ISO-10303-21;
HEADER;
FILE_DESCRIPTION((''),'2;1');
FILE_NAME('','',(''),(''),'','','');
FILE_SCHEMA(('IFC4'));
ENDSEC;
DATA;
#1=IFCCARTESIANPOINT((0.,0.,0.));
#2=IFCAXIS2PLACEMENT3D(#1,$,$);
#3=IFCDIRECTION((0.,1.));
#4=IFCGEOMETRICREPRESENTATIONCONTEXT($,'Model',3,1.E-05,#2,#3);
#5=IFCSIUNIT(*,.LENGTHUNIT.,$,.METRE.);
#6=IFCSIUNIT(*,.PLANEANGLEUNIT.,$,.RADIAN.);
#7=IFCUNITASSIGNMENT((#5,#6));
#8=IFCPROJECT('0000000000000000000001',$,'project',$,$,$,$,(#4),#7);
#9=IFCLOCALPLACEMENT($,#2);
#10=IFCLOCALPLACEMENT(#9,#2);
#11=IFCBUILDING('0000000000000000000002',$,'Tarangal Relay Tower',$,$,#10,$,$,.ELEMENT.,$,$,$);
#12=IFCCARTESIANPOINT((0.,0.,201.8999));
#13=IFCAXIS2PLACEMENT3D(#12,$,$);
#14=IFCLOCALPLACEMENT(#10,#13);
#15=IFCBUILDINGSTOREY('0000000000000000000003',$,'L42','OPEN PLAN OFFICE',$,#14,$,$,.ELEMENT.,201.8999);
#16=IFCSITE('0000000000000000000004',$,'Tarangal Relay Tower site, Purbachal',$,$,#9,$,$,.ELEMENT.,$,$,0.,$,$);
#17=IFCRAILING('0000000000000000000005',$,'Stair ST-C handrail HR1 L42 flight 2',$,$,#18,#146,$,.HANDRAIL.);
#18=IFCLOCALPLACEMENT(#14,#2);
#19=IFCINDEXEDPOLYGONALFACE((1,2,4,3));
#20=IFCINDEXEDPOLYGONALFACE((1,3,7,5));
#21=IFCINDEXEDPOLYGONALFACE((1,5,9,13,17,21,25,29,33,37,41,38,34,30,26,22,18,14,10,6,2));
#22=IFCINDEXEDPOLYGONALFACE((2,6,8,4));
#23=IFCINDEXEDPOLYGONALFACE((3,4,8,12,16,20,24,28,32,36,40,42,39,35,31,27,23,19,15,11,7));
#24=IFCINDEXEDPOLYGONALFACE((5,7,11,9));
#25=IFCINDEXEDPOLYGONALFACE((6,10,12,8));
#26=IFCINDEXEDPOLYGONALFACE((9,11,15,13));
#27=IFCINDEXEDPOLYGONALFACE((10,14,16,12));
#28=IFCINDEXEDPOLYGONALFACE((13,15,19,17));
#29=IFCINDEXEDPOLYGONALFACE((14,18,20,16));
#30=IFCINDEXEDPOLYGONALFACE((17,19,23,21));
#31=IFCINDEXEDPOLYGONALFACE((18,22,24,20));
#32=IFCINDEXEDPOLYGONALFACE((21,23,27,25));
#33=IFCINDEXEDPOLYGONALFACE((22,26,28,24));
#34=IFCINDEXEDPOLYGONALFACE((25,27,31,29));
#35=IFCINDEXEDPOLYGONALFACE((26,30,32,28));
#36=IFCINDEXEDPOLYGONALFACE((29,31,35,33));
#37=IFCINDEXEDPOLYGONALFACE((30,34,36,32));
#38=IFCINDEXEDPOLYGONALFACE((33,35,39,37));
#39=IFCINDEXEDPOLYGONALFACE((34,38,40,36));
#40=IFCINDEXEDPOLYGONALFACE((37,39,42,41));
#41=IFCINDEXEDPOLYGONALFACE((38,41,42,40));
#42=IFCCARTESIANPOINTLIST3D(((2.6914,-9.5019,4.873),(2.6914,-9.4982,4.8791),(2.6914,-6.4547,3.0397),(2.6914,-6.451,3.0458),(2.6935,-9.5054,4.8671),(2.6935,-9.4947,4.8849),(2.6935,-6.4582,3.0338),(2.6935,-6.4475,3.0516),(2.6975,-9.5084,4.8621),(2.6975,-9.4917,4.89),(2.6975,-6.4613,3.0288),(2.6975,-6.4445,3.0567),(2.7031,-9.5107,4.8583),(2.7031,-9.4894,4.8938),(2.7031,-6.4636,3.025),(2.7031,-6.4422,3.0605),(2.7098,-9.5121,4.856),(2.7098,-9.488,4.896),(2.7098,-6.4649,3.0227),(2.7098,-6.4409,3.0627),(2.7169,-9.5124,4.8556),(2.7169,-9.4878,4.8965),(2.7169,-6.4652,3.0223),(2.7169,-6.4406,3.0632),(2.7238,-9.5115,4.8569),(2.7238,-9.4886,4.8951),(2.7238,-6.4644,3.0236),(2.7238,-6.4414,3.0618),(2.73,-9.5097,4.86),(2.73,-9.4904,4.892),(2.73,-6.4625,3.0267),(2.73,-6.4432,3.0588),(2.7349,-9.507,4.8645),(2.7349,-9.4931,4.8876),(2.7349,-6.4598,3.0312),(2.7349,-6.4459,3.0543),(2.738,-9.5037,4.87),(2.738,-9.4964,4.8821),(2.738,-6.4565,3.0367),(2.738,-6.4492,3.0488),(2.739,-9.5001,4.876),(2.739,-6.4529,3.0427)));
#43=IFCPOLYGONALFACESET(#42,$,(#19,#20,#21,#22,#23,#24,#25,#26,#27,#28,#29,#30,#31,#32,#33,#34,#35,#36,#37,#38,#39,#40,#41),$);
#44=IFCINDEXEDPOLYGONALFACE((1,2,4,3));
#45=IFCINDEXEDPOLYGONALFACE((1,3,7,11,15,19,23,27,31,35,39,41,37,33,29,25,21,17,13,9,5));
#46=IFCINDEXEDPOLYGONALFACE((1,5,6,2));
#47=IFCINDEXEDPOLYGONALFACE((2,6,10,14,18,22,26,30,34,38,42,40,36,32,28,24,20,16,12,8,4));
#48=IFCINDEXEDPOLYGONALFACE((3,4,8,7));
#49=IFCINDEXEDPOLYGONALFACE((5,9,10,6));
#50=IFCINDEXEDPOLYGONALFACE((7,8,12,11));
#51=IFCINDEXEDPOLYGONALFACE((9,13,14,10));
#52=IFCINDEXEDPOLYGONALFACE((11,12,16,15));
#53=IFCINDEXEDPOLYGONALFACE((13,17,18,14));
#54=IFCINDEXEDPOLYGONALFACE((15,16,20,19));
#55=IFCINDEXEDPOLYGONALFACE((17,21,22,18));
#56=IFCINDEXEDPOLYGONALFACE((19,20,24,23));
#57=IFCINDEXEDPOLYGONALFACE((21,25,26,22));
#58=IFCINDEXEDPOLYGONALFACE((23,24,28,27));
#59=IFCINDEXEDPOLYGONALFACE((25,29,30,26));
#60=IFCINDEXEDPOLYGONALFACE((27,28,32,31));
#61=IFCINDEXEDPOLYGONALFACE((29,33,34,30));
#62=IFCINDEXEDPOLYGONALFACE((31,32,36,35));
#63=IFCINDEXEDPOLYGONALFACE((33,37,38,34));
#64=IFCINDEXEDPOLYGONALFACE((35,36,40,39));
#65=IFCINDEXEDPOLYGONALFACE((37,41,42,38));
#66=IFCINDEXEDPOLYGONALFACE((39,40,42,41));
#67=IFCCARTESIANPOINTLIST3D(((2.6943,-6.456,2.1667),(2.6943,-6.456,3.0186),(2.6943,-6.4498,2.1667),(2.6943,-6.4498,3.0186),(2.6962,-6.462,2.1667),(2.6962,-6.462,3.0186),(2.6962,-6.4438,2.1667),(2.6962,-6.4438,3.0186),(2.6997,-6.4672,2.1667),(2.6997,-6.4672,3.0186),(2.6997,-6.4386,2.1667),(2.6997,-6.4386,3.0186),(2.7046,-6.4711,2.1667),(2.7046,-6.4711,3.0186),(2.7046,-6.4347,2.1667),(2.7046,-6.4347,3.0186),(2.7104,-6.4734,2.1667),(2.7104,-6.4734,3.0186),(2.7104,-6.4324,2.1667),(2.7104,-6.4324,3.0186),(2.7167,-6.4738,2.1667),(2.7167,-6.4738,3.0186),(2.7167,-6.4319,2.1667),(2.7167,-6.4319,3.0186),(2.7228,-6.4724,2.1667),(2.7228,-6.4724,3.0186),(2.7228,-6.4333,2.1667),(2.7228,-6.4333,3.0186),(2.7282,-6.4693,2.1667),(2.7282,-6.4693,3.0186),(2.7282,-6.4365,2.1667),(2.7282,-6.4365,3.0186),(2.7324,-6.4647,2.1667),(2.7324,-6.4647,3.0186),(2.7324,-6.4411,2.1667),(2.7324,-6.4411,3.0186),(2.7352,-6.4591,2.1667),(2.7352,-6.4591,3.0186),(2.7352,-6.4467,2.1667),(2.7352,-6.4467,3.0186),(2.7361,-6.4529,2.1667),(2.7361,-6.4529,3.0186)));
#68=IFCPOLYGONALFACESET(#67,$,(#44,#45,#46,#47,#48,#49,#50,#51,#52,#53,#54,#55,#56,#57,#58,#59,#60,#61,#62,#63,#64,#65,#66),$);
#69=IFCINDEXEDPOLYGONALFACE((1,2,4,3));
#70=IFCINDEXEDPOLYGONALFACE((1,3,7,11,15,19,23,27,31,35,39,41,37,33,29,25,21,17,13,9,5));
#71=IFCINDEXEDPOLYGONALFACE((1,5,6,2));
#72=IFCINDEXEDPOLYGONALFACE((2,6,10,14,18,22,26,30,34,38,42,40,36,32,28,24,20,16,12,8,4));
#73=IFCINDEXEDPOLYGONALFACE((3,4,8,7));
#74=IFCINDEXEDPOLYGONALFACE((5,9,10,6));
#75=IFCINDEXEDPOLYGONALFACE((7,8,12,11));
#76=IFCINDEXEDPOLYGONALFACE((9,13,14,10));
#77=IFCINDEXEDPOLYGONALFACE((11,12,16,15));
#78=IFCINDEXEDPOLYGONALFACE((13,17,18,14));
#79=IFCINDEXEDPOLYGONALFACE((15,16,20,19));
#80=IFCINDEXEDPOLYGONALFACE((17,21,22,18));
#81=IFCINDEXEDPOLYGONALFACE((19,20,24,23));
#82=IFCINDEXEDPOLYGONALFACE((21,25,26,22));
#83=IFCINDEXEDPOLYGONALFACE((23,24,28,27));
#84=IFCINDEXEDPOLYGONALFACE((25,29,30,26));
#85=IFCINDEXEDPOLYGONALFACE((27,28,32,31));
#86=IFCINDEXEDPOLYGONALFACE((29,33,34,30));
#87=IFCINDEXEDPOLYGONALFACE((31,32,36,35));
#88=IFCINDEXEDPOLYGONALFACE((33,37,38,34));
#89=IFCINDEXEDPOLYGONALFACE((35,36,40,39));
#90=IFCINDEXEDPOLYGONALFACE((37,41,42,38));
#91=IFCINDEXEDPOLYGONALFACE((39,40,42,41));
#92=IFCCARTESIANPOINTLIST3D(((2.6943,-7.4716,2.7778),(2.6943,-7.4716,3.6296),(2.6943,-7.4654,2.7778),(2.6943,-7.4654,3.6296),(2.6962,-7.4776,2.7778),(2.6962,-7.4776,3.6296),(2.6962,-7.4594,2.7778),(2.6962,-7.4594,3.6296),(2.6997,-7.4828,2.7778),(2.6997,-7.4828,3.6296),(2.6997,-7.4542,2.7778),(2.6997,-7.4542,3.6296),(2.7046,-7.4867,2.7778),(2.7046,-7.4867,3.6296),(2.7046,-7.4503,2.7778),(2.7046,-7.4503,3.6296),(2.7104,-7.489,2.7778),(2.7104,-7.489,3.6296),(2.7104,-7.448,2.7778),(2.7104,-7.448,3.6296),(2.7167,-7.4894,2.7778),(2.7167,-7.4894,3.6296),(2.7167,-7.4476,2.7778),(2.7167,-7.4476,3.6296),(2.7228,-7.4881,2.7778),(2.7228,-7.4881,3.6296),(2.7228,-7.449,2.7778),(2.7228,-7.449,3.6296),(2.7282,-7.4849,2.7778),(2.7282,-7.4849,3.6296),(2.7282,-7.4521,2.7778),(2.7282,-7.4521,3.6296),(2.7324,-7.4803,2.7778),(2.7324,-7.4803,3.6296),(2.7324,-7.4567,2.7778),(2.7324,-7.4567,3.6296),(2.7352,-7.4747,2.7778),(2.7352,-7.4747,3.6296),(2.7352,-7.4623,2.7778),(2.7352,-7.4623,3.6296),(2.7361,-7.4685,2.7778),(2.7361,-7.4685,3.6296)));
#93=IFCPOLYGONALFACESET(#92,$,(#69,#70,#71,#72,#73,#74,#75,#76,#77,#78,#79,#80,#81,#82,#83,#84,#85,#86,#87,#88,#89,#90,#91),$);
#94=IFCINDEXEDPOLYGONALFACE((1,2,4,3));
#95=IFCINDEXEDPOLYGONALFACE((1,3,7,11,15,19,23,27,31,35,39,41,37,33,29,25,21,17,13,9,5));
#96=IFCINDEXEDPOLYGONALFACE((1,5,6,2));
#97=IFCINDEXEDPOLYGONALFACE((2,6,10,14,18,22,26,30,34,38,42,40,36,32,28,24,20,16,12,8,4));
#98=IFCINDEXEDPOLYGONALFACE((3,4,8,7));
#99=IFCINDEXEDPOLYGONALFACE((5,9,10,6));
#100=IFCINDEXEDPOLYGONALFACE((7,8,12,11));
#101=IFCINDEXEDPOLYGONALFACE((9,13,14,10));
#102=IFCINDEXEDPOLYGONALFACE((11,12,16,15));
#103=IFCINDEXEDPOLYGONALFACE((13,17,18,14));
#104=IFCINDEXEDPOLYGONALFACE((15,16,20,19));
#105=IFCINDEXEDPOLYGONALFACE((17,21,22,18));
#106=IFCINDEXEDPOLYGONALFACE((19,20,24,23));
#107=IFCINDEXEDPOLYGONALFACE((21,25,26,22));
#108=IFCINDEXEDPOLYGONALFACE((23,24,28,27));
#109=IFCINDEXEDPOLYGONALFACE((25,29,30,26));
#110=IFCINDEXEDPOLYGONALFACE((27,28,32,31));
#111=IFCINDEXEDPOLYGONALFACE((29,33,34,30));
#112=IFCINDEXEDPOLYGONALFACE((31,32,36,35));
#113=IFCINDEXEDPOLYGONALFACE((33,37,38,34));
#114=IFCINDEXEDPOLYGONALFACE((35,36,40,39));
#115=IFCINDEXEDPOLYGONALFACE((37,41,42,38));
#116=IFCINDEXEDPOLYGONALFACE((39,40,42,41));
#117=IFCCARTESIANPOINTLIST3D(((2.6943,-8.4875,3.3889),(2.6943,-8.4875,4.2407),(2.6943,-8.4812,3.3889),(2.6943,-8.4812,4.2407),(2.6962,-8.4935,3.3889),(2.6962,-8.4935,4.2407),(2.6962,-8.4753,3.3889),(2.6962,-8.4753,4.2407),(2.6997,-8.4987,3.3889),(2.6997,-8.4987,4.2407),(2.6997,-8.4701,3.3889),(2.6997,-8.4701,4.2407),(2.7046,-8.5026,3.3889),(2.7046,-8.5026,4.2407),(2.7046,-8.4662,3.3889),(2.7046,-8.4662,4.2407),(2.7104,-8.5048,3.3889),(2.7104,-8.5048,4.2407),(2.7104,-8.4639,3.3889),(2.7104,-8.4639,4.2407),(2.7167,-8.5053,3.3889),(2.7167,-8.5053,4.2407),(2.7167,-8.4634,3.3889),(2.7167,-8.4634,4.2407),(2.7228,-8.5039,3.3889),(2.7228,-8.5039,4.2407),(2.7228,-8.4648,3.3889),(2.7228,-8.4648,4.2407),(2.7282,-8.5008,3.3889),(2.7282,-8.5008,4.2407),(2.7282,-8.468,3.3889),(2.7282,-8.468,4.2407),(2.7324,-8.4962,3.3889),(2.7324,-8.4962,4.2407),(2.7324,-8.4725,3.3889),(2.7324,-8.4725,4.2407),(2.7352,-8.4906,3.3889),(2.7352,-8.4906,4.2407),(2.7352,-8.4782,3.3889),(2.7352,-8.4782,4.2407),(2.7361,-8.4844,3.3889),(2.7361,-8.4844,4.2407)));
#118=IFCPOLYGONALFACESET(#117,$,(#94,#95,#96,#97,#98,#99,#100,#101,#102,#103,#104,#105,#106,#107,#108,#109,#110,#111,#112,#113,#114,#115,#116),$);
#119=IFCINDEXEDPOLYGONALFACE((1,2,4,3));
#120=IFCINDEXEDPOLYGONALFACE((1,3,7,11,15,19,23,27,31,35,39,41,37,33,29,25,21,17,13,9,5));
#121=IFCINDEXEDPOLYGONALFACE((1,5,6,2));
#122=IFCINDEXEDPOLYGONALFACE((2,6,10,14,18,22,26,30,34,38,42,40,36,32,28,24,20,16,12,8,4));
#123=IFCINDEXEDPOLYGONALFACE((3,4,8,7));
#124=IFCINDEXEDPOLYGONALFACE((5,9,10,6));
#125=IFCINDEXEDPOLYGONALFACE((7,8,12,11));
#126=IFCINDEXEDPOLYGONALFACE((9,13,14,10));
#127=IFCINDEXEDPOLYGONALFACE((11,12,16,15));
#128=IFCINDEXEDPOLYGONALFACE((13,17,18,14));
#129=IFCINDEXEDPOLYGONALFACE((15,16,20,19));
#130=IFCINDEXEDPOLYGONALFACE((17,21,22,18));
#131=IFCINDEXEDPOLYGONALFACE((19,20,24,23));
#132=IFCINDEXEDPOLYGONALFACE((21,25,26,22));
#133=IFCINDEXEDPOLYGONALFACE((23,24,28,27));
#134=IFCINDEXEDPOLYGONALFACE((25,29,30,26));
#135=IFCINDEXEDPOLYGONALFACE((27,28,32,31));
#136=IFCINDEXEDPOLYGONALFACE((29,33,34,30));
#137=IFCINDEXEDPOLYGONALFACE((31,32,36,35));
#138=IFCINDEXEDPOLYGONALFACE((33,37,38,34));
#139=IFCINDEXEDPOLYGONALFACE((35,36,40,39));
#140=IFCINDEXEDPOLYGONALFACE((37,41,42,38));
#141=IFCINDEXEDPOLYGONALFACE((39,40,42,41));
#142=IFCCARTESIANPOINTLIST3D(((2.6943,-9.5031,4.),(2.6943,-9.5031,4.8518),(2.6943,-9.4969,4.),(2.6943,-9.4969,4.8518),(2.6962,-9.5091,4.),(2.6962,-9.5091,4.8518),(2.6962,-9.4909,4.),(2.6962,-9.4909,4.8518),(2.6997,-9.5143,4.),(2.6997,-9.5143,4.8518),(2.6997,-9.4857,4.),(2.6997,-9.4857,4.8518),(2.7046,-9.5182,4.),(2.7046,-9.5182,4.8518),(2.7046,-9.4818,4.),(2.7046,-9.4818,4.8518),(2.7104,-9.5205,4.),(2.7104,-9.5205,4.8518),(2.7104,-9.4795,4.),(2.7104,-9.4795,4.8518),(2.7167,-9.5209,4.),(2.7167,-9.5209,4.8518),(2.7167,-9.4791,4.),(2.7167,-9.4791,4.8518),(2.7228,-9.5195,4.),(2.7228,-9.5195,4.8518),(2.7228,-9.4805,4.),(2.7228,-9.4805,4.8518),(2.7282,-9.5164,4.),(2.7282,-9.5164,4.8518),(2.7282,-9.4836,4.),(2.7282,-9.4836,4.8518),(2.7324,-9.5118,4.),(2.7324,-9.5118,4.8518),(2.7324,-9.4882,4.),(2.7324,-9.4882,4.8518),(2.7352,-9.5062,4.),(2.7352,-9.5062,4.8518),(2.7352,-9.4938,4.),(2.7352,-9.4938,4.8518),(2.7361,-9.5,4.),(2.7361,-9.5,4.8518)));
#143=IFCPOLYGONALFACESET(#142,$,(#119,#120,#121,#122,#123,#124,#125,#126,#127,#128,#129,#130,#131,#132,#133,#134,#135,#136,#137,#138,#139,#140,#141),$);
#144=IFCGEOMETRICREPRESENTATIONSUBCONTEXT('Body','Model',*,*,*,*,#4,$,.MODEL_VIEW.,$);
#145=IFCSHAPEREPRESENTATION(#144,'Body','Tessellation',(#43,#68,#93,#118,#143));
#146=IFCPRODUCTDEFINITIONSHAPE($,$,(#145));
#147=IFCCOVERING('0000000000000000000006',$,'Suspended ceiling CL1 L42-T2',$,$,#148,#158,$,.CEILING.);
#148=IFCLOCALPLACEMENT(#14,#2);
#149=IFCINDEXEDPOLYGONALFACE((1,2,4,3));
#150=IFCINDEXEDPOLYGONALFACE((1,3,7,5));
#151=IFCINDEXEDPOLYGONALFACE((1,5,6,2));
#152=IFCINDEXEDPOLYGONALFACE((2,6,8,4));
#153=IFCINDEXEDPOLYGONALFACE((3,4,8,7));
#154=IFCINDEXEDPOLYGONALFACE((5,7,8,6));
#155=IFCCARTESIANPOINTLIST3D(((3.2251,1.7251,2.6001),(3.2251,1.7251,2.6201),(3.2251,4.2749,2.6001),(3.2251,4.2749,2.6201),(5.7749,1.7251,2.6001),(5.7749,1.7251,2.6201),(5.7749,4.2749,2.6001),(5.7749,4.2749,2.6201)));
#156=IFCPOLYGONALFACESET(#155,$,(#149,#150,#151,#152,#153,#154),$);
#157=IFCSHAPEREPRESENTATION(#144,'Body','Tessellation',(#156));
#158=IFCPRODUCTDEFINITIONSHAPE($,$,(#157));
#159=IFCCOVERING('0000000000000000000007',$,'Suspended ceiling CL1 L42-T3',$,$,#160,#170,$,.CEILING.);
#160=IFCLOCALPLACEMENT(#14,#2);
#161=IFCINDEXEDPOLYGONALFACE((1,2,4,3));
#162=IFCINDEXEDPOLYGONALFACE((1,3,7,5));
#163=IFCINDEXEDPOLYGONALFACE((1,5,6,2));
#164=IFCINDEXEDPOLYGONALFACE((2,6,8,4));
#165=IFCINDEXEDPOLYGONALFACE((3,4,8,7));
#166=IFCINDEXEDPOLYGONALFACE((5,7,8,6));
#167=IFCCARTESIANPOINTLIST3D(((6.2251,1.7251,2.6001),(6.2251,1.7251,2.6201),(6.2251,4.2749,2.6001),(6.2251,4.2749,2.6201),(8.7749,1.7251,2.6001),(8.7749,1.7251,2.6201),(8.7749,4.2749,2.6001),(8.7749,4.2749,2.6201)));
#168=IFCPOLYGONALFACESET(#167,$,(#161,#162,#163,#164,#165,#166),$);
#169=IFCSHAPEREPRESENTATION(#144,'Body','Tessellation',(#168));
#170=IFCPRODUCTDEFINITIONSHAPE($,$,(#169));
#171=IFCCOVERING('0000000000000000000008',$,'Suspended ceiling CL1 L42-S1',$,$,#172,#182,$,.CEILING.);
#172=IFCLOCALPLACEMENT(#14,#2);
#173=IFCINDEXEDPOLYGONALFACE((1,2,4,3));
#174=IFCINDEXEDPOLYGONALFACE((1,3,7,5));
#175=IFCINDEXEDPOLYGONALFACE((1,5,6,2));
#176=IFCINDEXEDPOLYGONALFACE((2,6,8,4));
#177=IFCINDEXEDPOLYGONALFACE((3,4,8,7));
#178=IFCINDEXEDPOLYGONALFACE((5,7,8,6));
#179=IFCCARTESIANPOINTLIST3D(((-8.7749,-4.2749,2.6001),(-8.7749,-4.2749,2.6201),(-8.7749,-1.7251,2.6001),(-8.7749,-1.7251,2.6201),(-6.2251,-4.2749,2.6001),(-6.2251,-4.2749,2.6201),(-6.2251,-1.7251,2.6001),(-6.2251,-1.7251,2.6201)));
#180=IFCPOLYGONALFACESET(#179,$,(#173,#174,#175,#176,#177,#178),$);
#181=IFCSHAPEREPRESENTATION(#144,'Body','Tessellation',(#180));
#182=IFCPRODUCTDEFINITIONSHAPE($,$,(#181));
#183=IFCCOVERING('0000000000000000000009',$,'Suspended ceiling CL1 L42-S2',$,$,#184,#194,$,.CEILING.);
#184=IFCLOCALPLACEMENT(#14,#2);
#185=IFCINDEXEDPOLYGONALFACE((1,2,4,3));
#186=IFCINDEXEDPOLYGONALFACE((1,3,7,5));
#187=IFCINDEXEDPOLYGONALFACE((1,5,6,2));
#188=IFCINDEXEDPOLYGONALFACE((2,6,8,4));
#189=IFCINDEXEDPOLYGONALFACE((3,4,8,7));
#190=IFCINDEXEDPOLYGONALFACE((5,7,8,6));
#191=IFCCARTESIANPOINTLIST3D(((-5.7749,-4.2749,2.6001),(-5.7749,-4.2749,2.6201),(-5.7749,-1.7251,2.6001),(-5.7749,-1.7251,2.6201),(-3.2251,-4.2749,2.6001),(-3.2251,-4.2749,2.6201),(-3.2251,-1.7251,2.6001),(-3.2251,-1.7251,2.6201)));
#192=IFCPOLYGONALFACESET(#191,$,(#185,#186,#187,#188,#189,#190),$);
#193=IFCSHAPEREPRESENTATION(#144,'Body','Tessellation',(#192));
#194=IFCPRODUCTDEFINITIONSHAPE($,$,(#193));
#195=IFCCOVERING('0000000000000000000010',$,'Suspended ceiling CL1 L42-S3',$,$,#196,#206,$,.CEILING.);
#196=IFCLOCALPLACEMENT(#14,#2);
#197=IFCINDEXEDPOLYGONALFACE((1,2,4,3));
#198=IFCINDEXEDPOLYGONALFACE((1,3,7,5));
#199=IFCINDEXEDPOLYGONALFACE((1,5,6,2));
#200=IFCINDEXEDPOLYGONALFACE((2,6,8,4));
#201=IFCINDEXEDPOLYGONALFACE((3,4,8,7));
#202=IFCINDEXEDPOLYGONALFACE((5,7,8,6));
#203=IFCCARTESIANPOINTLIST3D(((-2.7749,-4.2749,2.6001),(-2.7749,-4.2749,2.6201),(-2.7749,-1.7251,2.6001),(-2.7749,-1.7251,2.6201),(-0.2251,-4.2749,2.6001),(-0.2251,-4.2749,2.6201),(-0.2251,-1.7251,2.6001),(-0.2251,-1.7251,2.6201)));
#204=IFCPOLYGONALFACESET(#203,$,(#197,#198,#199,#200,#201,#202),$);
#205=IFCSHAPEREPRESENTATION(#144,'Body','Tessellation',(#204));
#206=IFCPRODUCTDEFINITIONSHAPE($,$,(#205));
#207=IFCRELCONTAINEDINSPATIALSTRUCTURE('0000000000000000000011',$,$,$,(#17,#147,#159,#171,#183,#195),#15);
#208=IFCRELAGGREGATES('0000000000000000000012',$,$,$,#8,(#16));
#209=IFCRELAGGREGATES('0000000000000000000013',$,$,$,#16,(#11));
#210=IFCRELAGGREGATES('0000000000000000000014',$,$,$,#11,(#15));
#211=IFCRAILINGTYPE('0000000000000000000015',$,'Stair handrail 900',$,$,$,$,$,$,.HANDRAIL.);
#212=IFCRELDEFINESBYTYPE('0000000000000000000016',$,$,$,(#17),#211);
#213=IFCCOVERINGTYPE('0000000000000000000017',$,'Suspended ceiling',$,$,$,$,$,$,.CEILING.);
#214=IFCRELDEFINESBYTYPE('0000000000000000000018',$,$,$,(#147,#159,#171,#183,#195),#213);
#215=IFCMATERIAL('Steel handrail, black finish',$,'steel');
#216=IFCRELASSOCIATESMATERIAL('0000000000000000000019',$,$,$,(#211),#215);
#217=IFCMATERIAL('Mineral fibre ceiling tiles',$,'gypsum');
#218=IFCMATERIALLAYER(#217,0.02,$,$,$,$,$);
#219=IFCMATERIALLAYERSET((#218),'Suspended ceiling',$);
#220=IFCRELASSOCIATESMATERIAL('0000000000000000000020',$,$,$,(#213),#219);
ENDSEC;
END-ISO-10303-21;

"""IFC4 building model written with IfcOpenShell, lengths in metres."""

from ifc_helpers import new_model, si_unit, direction, frame, origin, origin_2d, place, context, subcontext, project, spatial, polyline, circle, outline, extrude, material, layer, layer_set, type_object, element, save


model = new_model("IFC4")

# Units and contexts
model_context = context("Model", 3, precision=1e-05, world=origin(), true_north=direction((0.0, 1.0)))
body_context = subcontext(model_context, "Body", "Model", "MODEL_VIEW")
ifc_project = project(units=[si_unit("LENGTHUNIT", "METRE"), si_unit("PLANEANGLEUNIT", "RADIAN")], contexts=[model_context])

# Site, building, storey
site_placement = place(None, origin())
site = spatial("IfcSite", under=ifc_project, at=site_placement, Name="Tarangal Relay Tower site, Purbachal", CompositionType="ELEMENT", RefElevation=0.0)
building_placement = place(site_placement, origin())
building = spatial("IfcBuilding", under=site, at=building_placement, Name="Tarangal Relay Tower", CompositionType="ELEMENT")
storey_placement = place(building_placement, frame((0.0, 0.0, 201.8999)))
storey = spatial("IfcBuildingStorey", under=building, at=storey_placement, Name="L42", Description="OPEN PLAN OFFICE", CompositionType="ELEMENT", Elevation=201.8999)

# Railing
ifc_material_1 = material(Name="Steel handrail, black finish", Category="steel")
railing_type_1 = type_object("IfcRailingType", Name="Stair handrail 900", PredefinedType="HANDRAIL", material=ifc_material_1)
railing_1_placement = place(storey_placement, frame((2.7151, -6.4529, 2.1667)))
element("IfcRailing", 1, at=railing_1_placement, inside=storey, type_object=railing_type_1, Name="Stair ST-C handrail HR1 L42 flight 2", PredefinedType="HANDRAIL", context=body_context, shape_type="SweptSolid", body=[
    extrude(circle(Radius=0.0239, at=origin_2d()), frame((0.0, 0.0, 0.876), z_axis=(0.0, -0.856874, 0.515525), x_axis=(1.0, 0.0, 0.0)), (0.0, 0.0, 1.0), 3.5562),
    extrude(circle(Radius=0.021, at=origin_2d()), origin(), (0.0, 0.0, 1.0), 0.8518),
    extrude(circle(Radius=0.021, at=origin_2d()), frame((0.0, -1.0156, 0.6111)), (0.0, 0.0, 1.0), 0.8518),
    extrude(circle(Radius=0.021, at=origin_2d()), frame((0.0, -2.0315, 1.2222)), (0.0, 0.0, 1.0), 0.8518),
    extrude(circle(Radius=0.021, at=origin_2d()), frame((0.0, -3.0471, 1.8333)), (0.0, 0.0, 1.0), 0.8518),
])

# Coverings
ifc_material_2 = material(Name="Mineral fibre ceiling tiles", Category="gypsum")
ifc_layer_1 = layer(ifc_material_2, 0.02)
ifc_layer_set_1 = layer_set([ifc_layer_1], Name="Suspended ceiling")
covering_type_1 = type_object("IfcCoveringType", Name="Suspended ceiling", PredefinedType="CEILING", material=ifc_layer_set_1)
covering_1_placement = place(storey_placement, frame((0.0, 0.0, 2.6001)))
element("IfcCovering", 2, at=covering_1_placement, inside=storey, type_object=covering_type_1, Name="Suspended ceiling CL1 L42-T2", PredefinedType="CEILING", context=body_context, shape_type="SweptSolid", body=[
    extrude(outline(polyline([(3.2251, 1.7251), (5.7749, 1.7251), (5.7749, 4.2749), (3.2251, 4.2749), (3.2251, 1.7251)])), origin(), (0.0, 0.0, 1.0), 0.02),
])
covering_2_placement = place(storey_placement, frame((0.0, 0.0, 2.6001)))
element("IfcCovering", 3, at=covering_2_placement, inside=storey, type_object=covering_type_1, Name="Suspended ceiling CL1 L42-T3", PredefinedType="CEILING", context=body_context, shape_type="SweptSolid", body=[
    extrude(outline(polyline([(6.2251, 1.7251), (8.7749, 1.7251), (8.7749, 4.2749), (6.2251, 4.2749), (6.2251, 1.7251)])), origin(), (0.0, 0.0, 1.0), 0.02),
])
covering_3_placement = place(storey_placement, frame((0.0, 0.0, 2.6001)))
element("IfcCovering", 4, at=covering_3_placement, inside=storey, type_object=covering_type_1, Name="Suspended ceiling CL1 L42-S1", PredefinedType="CEILING", context=body_context, shape_type="SweptSolid", body=[
    extrude(outline(polyline([(-8.7749, -4.2749), (-6.2251, -4.2749), (-6.2251, -1.7251), (-8.7749, -1.7251), (-8.7749, -4.2749)])), origin(), (0.0, 0.0, 1.0), 0.02),
])
covering_4_placement = place(storey_placement, frame((0.0, 0.0, 2.6001)))
element("IfcCovering", 5, at=covering_4_placement, inside=storey, type_object=covering_type_1, Name="Suspended ceiling CL1 L42-S2", PredefinedType="CEILING", context=body_context, shape_type="SweptSolid", body=[
    extrude(outline(polyline([(-5.7749, -4.2749), (-3.2251, -4.2749), (-3.2251, -1.7251), (-5.7749, -1.7251), (-5.7749, -4.2749)])), origin(), (0.0, 0.0, 1.0), 0.02),
])
covering_5_placement = place(storey_placement, frame((0.0, 0.0, 2.6001)))
element("IfcCovering", 6, at=covering_5_placement, inside=storey, type_object=covering_type_1, Name="Suspended ceiling CL1 L42-S3", PredefinedType="CEILING", context=body_context, shape_type="SweptSolid", body=[
    extrude(outline(polyline([(-2.7749, -4.2749), (-0.2251, -4.2749), (-0.2251, -1.7251), (-2.7749, -1.7251), (-2.7749, -4.2749)])), origin(), (0.0, 0.0, 1.0), 0.02),
])

save(model, "model.ifc")
